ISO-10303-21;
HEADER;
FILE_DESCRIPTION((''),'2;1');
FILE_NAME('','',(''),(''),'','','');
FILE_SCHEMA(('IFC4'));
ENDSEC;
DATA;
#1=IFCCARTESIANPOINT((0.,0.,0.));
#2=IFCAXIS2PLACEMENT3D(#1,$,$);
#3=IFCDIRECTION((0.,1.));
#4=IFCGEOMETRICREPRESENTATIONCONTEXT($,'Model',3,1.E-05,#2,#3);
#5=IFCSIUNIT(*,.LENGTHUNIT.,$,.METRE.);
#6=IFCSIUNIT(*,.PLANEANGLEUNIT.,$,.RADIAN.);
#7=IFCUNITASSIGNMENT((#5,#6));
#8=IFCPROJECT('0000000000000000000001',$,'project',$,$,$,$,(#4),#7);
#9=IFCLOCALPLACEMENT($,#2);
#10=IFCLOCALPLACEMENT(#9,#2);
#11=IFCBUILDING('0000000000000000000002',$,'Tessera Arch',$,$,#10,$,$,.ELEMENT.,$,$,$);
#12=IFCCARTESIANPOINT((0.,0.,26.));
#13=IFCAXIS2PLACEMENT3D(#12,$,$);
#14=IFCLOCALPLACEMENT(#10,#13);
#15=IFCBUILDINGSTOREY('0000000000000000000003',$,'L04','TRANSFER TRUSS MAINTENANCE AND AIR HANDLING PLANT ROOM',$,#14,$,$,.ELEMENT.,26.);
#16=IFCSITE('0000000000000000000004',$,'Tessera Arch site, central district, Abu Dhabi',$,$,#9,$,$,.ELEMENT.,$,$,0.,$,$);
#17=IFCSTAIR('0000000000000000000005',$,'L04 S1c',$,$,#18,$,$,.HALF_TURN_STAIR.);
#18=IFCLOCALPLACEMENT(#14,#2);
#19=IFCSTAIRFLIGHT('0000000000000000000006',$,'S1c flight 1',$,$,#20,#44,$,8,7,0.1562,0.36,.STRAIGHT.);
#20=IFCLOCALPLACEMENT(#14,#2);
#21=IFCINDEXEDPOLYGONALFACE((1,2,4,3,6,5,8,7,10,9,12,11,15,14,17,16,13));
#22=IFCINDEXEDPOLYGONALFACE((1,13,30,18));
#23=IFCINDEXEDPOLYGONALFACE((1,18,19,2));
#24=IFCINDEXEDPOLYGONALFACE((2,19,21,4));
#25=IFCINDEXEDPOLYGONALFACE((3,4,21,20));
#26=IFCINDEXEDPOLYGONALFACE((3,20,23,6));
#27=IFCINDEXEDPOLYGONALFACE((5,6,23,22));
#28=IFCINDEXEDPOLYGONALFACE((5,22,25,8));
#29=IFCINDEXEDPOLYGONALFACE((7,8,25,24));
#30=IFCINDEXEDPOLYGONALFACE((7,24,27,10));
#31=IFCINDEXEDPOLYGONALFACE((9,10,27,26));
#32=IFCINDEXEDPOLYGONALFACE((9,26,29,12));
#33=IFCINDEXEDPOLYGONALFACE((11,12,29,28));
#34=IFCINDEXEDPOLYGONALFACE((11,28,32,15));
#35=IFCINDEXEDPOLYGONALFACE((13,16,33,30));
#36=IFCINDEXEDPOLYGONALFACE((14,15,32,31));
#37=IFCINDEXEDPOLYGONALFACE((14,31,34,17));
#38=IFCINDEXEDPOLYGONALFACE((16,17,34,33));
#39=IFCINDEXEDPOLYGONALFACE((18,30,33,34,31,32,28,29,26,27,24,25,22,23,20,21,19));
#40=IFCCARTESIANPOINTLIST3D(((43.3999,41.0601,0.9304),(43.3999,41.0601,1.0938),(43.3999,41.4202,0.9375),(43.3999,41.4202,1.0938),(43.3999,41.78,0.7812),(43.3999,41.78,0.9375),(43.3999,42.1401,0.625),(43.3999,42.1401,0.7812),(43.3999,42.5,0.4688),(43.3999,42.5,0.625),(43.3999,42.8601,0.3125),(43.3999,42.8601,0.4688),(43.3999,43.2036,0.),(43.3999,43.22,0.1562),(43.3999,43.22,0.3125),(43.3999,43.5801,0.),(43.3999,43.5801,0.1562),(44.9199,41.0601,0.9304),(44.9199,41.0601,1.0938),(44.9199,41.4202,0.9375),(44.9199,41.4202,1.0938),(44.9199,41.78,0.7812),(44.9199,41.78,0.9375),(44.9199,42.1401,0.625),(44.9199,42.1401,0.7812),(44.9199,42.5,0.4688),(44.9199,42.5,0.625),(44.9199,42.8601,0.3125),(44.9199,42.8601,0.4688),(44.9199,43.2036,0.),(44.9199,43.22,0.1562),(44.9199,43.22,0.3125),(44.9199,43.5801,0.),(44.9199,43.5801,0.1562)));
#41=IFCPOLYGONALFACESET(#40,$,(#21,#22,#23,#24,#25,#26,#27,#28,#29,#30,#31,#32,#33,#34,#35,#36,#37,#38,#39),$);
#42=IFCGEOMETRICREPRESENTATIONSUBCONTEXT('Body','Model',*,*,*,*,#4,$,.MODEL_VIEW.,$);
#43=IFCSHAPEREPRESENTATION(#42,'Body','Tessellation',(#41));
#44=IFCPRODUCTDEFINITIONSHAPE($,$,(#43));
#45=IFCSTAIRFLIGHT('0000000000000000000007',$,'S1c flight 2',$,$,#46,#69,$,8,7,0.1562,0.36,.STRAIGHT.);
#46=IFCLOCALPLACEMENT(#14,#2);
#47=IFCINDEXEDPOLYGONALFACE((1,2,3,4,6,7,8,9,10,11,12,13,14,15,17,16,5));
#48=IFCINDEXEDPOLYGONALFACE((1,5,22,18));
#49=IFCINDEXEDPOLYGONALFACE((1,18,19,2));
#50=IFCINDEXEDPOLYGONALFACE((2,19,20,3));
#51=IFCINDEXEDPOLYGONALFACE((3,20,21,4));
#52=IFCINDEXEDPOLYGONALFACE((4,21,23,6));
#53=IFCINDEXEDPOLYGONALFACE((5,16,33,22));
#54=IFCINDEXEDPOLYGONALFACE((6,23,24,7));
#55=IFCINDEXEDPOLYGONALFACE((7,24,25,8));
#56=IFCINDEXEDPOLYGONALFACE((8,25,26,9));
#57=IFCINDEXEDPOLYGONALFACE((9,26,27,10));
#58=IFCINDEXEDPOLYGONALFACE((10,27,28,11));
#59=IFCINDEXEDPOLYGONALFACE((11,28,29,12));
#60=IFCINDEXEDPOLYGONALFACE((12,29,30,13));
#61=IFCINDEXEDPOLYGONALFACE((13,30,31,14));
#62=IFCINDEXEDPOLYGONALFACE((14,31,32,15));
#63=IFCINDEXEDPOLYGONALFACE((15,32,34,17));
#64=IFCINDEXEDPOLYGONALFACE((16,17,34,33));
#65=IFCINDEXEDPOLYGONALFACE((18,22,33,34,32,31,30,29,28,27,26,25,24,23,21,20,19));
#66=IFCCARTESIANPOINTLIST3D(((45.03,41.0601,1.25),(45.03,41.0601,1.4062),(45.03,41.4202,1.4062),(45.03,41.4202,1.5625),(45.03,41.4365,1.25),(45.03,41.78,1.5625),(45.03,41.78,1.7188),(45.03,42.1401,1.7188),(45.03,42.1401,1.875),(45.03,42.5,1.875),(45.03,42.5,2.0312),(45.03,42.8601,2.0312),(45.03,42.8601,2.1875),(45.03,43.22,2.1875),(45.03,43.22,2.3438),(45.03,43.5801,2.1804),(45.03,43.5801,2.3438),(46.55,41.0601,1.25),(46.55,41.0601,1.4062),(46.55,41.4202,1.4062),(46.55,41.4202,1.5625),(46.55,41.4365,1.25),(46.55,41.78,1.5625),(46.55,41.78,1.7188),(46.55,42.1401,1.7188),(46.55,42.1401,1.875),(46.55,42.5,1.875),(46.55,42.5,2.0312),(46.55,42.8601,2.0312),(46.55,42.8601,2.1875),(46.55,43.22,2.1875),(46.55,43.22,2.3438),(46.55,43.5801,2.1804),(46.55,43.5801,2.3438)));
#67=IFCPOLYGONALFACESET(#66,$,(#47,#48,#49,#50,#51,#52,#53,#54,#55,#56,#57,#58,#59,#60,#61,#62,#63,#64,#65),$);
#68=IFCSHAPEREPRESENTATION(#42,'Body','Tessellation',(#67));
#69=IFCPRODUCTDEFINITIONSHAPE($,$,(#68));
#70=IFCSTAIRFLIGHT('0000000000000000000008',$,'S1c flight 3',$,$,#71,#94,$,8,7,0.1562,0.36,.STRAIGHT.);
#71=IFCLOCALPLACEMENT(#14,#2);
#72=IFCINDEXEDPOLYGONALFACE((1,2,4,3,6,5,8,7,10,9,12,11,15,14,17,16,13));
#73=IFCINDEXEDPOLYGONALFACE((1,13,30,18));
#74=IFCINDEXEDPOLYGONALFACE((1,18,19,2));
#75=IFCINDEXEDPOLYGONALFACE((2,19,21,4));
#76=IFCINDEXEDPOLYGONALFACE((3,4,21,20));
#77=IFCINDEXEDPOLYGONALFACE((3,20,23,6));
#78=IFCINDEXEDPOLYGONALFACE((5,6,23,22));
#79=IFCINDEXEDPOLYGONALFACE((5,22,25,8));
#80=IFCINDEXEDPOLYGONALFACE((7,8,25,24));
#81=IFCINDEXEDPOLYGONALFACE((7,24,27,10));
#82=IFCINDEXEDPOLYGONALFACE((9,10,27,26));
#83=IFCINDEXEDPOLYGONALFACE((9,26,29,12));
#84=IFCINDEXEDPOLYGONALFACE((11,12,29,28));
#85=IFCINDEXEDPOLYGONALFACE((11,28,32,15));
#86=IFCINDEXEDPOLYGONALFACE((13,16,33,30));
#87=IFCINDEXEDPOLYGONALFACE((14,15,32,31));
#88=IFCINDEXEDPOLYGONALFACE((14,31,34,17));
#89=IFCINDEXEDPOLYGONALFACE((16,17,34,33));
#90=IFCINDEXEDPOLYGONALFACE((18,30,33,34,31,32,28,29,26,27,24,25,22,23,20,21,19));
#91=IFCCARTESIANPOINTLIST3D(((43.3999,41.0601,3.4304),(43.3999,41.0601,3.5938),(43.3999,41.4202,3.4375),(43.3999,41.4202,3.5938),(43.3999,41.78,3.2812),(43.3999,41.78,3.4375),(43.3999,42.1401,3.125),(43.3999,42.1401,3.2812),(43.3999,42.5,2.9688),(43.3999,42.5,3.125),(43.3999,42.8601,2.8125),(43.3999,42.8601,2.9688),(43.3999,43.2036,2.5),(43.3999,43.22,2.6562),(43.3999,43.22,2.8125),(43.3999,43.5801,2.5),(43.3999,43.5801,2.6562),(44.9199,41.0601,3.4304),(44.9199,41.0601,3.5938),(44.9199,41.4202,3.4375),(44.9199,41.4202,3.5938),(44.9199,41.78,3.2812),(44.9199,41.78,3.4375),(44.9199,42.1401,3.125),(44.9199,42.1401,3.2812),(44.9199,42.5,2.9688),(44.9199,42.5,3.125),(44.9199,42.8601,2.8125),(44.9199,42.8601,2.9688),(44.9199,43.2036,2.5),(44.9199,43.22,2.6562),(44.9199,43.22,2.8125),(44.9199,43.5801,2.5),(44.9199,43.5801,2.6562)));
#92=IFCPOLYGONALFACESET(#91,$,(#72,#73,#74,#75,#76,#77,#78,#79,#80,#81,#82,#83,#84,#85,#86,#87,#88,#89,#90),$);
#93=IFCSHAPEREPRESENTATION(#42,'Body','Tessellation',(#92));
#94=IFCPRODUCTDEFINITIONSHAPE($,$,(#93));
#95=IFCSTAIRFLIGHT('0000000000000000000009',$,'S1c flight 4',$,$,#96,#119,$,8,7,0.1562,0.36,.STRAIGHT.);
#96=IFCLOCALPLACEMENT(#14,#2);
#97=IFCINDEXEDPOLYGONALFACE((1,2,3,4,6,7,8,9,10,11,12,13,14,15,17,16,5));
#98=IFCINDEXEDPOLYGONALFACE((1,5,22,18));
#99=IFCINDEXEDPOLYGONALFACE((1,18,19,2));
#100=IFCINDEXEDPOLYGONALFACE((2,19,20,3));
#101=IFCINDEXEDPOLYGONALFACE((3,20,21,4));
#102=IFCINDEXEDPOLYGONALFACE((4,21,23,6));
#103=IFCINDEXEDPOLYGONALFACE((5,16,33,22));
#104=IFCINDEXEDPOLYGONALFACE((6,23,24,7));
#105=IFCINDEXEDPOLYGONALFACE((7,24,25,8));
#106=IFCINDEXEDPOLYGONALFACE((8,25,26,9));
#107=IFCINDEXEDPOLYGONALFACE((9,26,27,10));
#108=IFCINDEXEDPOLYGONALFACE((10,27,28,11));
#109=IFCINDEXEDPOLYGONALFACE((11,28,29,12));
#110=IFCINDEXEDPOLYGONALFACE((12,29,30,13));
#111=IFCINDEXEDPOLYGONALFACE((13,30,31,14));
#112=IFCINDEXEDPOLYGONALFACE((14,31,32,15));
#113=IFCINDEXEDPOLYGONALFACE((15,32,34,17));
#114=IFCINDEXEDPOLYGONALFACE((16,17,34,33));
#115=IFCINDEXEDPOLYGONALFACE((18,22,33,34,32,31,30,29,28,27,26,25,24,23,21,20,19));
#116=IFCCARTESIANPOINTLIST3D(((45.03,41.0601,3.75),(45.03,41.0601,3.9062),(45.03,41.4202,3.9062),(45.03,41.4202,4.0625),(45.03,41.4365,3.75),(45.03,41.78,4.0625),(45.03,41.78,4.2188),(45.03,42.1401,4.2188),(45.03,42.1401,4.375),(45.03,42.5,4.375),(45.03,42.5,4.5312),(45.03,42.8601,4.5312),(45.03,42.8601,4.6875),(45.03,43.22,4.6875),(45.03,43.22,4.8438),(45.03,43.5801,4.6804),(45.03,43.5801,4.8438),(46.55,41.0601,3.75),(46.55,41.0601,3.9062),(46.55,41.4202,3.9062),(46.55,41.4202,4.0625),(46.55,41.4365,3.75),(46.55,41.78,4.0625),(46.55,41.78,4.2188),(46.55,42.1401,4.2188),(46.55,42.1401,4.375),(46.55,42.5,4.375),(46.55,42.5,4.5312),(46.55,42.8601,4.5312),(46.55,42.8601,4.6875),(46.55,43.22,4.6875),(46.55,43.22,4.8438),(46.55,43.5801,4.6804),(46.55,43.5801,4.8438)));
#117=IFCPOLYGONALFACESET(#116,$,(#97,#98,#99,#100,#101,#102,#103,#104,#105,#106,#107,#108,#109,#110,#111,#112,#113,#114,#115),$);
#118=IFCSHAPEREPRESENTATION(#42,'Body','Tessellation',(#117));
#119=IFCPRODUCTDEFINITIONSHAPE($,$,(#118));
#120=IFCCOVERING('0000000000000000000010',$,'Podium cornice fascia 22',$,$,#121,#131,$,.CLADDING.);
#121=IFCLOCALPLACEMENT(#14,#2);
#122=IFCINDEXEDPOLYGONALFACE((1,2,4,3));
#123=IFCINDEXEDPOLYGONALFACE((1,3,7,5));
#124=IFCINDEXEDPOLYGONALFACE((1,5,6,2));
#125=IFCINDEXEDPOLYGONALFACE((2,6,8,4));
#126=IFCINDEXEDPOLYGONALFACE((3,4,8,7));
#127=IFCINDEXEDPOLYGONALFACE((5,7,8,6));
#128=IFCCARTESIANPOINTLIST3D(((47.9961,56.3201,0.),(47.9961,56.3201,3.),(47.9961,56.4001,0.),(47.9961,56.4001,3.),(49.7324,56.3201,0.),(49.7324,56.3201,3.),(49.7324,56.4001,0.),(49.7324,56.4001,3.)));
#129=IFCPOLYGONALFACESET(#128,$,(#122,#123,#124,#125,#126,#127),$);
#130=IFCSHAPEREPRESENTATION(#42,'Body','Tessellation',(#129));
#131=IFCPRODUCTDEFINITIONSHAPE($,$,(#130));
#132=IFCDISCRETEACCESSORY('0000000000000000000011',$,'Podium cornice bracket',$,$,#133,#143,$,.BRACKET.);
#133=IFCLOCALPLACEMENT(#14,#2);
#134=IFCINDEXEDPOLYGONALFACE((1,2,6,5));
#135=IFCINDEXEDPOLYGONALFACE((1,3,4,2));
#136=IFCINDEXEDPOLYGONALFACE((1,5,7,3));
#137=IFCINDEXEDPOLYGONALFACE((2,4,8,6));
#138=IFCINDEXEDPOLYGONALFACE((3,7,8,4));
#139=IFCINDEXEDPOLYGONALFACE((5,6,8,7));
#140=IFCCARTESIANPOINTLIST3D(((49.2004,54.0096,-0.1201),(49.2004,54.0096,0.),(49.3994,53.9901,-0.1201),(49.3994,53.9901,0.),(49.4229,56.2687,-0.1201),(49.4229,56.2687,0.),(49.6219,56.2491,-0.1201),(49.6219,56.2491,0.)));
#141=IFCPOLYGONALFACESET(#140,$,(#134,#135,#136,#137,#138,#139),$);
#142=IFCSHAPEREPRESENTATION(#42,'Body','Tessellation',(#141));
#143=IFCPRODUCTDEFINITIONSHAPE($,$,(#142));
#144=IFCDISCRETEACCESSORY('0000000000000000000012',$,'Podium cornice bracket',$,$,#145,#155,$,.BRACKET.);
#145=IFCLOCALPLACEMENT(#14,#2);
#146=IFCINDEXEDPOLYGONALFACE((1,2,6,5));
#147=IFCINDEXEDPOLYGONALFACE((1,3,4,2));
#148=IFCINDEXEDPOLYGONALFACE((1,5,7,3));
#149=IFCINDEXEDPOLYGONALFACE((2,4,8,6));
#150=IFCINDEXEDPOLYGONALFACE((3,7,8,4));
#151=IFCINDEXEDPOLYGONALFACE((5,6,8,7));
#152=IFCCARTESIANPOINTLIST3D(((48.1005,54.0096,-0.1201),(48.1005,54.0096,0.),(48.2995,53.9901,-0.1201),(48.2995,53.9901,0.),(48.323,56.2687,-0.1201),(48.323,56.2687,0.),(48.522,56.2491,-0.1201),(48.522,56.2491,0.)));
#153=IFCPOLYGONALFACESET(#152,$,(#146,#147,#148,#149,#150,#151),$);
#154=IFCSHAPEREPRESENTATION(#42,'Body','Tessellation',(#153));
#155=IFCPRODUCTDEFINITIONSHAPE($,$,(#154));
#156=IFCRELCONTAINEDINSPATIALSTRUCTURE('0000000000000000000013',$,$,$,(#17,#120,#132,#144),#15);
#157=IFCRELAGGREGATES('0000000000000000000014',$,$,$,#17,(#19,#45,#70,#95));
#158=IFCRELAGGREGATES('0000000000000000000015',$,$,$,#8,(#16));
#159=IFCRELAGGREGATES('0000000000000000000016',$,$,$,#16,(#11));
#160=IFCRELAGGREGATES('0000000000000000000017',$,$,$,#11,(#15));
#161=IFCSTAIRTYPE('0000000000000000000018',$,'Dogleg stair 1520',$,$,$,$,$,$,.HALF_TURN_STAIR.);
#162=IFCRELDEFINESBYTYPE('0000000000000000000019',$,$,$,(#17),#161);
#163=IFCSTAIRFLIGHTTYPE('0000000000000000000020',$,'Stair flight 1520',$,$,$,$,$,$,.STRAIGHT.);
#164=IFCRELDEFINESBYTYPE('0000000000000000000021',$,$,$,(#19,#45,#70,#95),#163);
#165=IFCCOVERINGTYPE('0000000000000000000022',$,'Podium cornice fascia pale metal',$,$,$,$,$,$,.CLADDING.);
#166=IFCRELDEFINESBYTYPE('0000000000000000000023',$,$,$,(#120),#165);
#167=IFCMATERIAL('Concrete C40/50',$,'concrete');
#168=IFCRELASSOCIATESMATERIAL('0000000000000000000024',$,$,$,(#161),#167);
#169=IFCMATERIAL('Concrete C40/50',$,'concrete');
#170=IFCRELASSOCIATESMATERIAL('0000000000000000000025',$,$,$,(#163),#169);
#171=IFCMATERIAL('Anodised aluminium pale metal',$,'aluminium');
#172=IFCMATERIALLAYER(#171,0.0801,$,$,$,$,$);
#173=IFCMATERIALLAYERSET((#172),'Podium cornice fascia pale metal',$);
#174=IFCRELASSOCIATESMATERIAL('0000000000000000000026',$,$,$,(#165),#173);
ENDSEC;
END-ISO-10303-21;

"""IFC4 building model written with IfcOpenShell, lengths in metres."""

from ifc_helpers import new_model, si_unit, direction, frame, origin, origin_2d, place, context, subcontext, project, spatial, polyline, rectangle, outline, extrude, material, layer, layer_set, type_object, element, aggregate, save


model = new_model("IFC4")

# Units and contexts
model_context = context("Model", 3, precision=1e-05, world=origin(), true_north=direction((0.0, 1.0)))
body_context = subcontext(model_context, "Body", "Model", "MODEL_VIEW")
ifc_project = project(units=[si_unit("LENGTHUNIT", "METRE"), si_unit("PLANEANGLEUNIT", "RADIAN")], contexts=[model_context])

# Site, building, storey
site_placement = place(None, origin())
site = spatial("IfcSite", under=ifc_project, at=site_placement, Name="Tessera Arch site, central district, Abu Dhabi", CompositionType="ELEMENT", RefElevation=0.0)
building_placement = place(site_placement, origin())
building = spatial("IfcBuilding", under=site, at=building_placement, Name="Tessera Arch", CompositionType="ELEMENT")
storey_placement = place(building_placement, frame((0.0, 0.0, 26.0)))
storey = spatial("IfcBuildingStorey", under=building, at=storey_placement, Name="L04", Description="TRANSFER TRUSS MAINTENANCE AND AIR HANDLING PLANT ROOM", CompositionType="ELEMENT", Elevation=26.0)

# Stair, stair flights
ifc_material_1 = material(Name="Concrete C40/50", Category="concrete")
stair_type = type_object("IfcStairType", Name="Dogleg stair 1520", PredefinedType="HALF_TURN_STAIR", material=ifc_material_1)
ifc_material_2 = material(Name="Concrete C40/50", Category="concrete")
stair_flight_type = type_object("IfcStairFlightType", Name="Stair flight 1520", PredefinedType="STRAIGHT", material=ifc_material_2)
stair_1_placement = place(storey_placement, origin())
stair_1 = element("IfcStair", 1, at=stair_1_placement, inside=storey, type_object=stair_type, Name="L04 S1c", PredefinedType="HALF_TURN_STAIR")
stair_flight_1_placement = place(storey_placement, frame((44.1599, 43.5801, 0.0), z_axis=(0.0, 0.0, 1.0), x_axis=(0.0, -1.0, 0.0)))
stair_flight_1 = element("IfcStairFlight", 2, at=stair_flight_1_placement, type_object=stair_flight_type, Name="S1c flight 1", NumberOfRisers=8, NumberOfTreads=7, PredefinedType="STRAIGHT", RiserHeight=0.1562, TreadLength=0.36, context=body_context, shape_type="SweptSolid", body=[
    extrude(outline(polyline([(0.0, 0.0), (0.0, 0.1562), (0.3601, 0.1562), (0.3601, 0.3125), (0.72, 0.3125), (0.72, 0.4688), (1.0801, 0.4688), (1.0801, 0.625), (1.4399, 0.625), (1.4399, 0.7812), (1.8, 0.7812), (1.8, 0.9375), (2.1599, 0.9375), (2.1599, 1.0938), (2.52, 1.0938), (2.52, 1.25), (2.52, 0.9304), (0.3765, 0.0), (0.0, 0.0)])), frame((0.0, 0.76, 0.0), z_axis=(0.0, -1.0, 0.0), x_axis=(1.0, 0.0, 0.0)), (0.0, 0.0, 1.0), 1.52),
])
stair_flight_2_placement = place(storey_placement, frame((45.79, 41.0601, 1.25), z_axis=(0.0, 0.0, 1.0), x_axis=(0.0, 1.0, 0.0)))
stair_flight_2 = element("IfcStairFlight", 3, at=stair_flight_2_placement, type_object=stair_flight_type, Name="S1c flight 2", NumberOfRisers=8, NumberOfTreads=7, PredefinedType="STRAIGHT", RiserHeight=0.1562, TreadLength=0.36, context=body_context, shape_type="SweptSolid", body=[
    extrude(outline(polyline([(0.0, 0.0), (0.0, 0.1562), (0.3601, 0.1562), (0.3601, 0.3125), (0.72, 0.3125), (0.72, 0.4688), (1.0801, 0.4688), (1.0801, 0.625), (1.4399, 0.625), (1.4399, 0.7812), (1.8, 0.7812), (1.8, 0.9375), (2.1599, 0.9375), (2.1599, 1.0938), (2.52, 1.0938), (2.52, 1.25), (2.52, 0.9304), (0.3765, 0.0), (0.0, 0.0)])), frame((0.0, 0.76, 0.0), z_axis=(0.0, -1.0, 0.0), x_axis=(1.0, 0.0, 0.0)), (0.0, 0.0, 1.0), 1.52),
])
stair_flight_3_placement = place(storey_placement, frame((44.1599, 43.5801, 2.5), z_axis=(0.0, 0.0, 1.0), x_axis=(0.0, -1.0, 0.0)))
stair_flight_3 = element("IfcStairFlight", 4, at=stair_flight_3_placement, type_object=stair_flight_type, Name="S1c flight 3", NumberOfRisers=8, NumberOfTreads=7, PredefinedType="STRAIGHT", RiserHeight=0.1562, TreadLength=0.36, context=body_context, shape_type="SweptSolid", body=[
    extrude(outline(polyline([(0.0, 0.0), (0.0, 0.1562), (0.3601, 0.1562), (0.3601, 0.3125), (0.72, 0.3125), (0.72, 0.4688), (1.0801, 0.4688), (1.0801, 0.625), (1.4399, 0.625), (1.4399, 0.7812), (1.8, 0.7812), (1.8, 0.9375), (2.1599, 0.9375), (2.1599, 1.0938), (2.52, 1.0938), (2.52, 1.25), (2.52, 0.9304), (0.3765, 0.0), (0.0, 0.0)])), frame((0.0, 0.76, 0.0), z_axis=(0.0, -1.0, 0.0), x_axis=(1.0, 0.0, 0.0)), (0.0, 0.0, 1.0), 1.52),
])
stair_flight_4_placement = place(storey_placement, frame((45.79, 41.0601, 3.75), z_axis=(0.0, 0.0, 1.0), x_axis=(0.0, 1.0, 0.0)))
stair_flight_4 = element("IfcStairFlight", 5, at=stair_flight_4_placement, type_object=stair_flight_type, Name="S1c flight 4", NumberOfRisers=8, NumberOfTreads=7, PredefinedType="STRAIGHT", RiserHeight=0.1562, TreadLength=0.36, context=body_context, shape_type="SweptSolid", body=[
    extrude(outline(polyline([(0.0, 0.0), (0.0, 0.1562), (0.3601, 0.1562), (0.3601, 0.3125), (0.72, 0.3125), (0.72, 0.4688), (1.0801, 0.4688), (1.0801, 0.625), (1.4399, 0.625), (1.4399, 0.7812), (1.8, 0.7812), (1.8, 0.9375), (2.1599, 0.9375), (2.1599, 1.0938), (2.52, 1.0938), (2.52, 1.25), (2.52, 0.9304), (0.3765, 0.0), (0.0, 0.0)])), frame((0.0, 0.76, 0.0), z_axis=(0.0, -1.0, 0.0), x_axis=(1.0, 0.0, 0.0)), (0.0, 0.0, 1.0), 1.52),
])
aggregate(stair_1, [stair_flight_1, stair_flight_2, stair_flight_3, stair_flight_4])

# Covering
ifc_material_3 = material(Name="Anodised aluminium pale metal", Category="aluminium")
ifc_layer_1 = layer(ifc_material_3, 0.0801)
ifc_layer_set_1 = layer_set([ifc_layer_1], Name="Podium cornice fascia pale metal")
covering_type = type_object("IfcCoveringType", Name="Podium cornice fascia pale metal", PredefinedType="CLADDING", material=ifc_layer_set_1)
covering_placement = place(storey_placement, frame((48.8643, 56.3601, 0.0), z_axis=(0.0, 0.0, 1.0), x_axis=(-1.0, 0.0, 0.0)))
element("IfcCovering", 6, at=covering_placement, inside=storey, type_object=covering_type, Name="Podium cornice fascia 22", PredefinedType="CLADDING", context=body_context, shape_type="SweptSolid", body=[
    extrude(rectangle(XDim=1.7363, YDim=0.0801, at=origin_2d()), origin(), (0.0, 0.0, 1.0), 3.0),
])

# Discrete accessories
for number, where, z_axis, x_axis, name in (
    (7, (49.4111, 55.1294, -0.1201), (0.0, 0.0, 1.0), (0.098004, 0.995186, 0.0), "Podium cornice bracket"),
    (8, (48.3113, 55.1294, -0.1201), (0.0, 0.0, 1.0), (0.098004, 0.995186, 0.0), "Podium cornice bracket"),
):
    element("IfcDiscreteAccessory", number, at=place(storey_placement, frame(where, z_axis=z_axis, x_axis=x_axis)), inside=storey, Name=name, PredefinedType="BRACKET", context=body_context, shape_type="SweptSolid", body=[
        extrude(rectangle(XDim=2.27, YDim=0.2, at=origin_2d()), origin(), (0.0, 0.0, 1.0), 0.1201),
    ])

save(model, "model.ifc")
